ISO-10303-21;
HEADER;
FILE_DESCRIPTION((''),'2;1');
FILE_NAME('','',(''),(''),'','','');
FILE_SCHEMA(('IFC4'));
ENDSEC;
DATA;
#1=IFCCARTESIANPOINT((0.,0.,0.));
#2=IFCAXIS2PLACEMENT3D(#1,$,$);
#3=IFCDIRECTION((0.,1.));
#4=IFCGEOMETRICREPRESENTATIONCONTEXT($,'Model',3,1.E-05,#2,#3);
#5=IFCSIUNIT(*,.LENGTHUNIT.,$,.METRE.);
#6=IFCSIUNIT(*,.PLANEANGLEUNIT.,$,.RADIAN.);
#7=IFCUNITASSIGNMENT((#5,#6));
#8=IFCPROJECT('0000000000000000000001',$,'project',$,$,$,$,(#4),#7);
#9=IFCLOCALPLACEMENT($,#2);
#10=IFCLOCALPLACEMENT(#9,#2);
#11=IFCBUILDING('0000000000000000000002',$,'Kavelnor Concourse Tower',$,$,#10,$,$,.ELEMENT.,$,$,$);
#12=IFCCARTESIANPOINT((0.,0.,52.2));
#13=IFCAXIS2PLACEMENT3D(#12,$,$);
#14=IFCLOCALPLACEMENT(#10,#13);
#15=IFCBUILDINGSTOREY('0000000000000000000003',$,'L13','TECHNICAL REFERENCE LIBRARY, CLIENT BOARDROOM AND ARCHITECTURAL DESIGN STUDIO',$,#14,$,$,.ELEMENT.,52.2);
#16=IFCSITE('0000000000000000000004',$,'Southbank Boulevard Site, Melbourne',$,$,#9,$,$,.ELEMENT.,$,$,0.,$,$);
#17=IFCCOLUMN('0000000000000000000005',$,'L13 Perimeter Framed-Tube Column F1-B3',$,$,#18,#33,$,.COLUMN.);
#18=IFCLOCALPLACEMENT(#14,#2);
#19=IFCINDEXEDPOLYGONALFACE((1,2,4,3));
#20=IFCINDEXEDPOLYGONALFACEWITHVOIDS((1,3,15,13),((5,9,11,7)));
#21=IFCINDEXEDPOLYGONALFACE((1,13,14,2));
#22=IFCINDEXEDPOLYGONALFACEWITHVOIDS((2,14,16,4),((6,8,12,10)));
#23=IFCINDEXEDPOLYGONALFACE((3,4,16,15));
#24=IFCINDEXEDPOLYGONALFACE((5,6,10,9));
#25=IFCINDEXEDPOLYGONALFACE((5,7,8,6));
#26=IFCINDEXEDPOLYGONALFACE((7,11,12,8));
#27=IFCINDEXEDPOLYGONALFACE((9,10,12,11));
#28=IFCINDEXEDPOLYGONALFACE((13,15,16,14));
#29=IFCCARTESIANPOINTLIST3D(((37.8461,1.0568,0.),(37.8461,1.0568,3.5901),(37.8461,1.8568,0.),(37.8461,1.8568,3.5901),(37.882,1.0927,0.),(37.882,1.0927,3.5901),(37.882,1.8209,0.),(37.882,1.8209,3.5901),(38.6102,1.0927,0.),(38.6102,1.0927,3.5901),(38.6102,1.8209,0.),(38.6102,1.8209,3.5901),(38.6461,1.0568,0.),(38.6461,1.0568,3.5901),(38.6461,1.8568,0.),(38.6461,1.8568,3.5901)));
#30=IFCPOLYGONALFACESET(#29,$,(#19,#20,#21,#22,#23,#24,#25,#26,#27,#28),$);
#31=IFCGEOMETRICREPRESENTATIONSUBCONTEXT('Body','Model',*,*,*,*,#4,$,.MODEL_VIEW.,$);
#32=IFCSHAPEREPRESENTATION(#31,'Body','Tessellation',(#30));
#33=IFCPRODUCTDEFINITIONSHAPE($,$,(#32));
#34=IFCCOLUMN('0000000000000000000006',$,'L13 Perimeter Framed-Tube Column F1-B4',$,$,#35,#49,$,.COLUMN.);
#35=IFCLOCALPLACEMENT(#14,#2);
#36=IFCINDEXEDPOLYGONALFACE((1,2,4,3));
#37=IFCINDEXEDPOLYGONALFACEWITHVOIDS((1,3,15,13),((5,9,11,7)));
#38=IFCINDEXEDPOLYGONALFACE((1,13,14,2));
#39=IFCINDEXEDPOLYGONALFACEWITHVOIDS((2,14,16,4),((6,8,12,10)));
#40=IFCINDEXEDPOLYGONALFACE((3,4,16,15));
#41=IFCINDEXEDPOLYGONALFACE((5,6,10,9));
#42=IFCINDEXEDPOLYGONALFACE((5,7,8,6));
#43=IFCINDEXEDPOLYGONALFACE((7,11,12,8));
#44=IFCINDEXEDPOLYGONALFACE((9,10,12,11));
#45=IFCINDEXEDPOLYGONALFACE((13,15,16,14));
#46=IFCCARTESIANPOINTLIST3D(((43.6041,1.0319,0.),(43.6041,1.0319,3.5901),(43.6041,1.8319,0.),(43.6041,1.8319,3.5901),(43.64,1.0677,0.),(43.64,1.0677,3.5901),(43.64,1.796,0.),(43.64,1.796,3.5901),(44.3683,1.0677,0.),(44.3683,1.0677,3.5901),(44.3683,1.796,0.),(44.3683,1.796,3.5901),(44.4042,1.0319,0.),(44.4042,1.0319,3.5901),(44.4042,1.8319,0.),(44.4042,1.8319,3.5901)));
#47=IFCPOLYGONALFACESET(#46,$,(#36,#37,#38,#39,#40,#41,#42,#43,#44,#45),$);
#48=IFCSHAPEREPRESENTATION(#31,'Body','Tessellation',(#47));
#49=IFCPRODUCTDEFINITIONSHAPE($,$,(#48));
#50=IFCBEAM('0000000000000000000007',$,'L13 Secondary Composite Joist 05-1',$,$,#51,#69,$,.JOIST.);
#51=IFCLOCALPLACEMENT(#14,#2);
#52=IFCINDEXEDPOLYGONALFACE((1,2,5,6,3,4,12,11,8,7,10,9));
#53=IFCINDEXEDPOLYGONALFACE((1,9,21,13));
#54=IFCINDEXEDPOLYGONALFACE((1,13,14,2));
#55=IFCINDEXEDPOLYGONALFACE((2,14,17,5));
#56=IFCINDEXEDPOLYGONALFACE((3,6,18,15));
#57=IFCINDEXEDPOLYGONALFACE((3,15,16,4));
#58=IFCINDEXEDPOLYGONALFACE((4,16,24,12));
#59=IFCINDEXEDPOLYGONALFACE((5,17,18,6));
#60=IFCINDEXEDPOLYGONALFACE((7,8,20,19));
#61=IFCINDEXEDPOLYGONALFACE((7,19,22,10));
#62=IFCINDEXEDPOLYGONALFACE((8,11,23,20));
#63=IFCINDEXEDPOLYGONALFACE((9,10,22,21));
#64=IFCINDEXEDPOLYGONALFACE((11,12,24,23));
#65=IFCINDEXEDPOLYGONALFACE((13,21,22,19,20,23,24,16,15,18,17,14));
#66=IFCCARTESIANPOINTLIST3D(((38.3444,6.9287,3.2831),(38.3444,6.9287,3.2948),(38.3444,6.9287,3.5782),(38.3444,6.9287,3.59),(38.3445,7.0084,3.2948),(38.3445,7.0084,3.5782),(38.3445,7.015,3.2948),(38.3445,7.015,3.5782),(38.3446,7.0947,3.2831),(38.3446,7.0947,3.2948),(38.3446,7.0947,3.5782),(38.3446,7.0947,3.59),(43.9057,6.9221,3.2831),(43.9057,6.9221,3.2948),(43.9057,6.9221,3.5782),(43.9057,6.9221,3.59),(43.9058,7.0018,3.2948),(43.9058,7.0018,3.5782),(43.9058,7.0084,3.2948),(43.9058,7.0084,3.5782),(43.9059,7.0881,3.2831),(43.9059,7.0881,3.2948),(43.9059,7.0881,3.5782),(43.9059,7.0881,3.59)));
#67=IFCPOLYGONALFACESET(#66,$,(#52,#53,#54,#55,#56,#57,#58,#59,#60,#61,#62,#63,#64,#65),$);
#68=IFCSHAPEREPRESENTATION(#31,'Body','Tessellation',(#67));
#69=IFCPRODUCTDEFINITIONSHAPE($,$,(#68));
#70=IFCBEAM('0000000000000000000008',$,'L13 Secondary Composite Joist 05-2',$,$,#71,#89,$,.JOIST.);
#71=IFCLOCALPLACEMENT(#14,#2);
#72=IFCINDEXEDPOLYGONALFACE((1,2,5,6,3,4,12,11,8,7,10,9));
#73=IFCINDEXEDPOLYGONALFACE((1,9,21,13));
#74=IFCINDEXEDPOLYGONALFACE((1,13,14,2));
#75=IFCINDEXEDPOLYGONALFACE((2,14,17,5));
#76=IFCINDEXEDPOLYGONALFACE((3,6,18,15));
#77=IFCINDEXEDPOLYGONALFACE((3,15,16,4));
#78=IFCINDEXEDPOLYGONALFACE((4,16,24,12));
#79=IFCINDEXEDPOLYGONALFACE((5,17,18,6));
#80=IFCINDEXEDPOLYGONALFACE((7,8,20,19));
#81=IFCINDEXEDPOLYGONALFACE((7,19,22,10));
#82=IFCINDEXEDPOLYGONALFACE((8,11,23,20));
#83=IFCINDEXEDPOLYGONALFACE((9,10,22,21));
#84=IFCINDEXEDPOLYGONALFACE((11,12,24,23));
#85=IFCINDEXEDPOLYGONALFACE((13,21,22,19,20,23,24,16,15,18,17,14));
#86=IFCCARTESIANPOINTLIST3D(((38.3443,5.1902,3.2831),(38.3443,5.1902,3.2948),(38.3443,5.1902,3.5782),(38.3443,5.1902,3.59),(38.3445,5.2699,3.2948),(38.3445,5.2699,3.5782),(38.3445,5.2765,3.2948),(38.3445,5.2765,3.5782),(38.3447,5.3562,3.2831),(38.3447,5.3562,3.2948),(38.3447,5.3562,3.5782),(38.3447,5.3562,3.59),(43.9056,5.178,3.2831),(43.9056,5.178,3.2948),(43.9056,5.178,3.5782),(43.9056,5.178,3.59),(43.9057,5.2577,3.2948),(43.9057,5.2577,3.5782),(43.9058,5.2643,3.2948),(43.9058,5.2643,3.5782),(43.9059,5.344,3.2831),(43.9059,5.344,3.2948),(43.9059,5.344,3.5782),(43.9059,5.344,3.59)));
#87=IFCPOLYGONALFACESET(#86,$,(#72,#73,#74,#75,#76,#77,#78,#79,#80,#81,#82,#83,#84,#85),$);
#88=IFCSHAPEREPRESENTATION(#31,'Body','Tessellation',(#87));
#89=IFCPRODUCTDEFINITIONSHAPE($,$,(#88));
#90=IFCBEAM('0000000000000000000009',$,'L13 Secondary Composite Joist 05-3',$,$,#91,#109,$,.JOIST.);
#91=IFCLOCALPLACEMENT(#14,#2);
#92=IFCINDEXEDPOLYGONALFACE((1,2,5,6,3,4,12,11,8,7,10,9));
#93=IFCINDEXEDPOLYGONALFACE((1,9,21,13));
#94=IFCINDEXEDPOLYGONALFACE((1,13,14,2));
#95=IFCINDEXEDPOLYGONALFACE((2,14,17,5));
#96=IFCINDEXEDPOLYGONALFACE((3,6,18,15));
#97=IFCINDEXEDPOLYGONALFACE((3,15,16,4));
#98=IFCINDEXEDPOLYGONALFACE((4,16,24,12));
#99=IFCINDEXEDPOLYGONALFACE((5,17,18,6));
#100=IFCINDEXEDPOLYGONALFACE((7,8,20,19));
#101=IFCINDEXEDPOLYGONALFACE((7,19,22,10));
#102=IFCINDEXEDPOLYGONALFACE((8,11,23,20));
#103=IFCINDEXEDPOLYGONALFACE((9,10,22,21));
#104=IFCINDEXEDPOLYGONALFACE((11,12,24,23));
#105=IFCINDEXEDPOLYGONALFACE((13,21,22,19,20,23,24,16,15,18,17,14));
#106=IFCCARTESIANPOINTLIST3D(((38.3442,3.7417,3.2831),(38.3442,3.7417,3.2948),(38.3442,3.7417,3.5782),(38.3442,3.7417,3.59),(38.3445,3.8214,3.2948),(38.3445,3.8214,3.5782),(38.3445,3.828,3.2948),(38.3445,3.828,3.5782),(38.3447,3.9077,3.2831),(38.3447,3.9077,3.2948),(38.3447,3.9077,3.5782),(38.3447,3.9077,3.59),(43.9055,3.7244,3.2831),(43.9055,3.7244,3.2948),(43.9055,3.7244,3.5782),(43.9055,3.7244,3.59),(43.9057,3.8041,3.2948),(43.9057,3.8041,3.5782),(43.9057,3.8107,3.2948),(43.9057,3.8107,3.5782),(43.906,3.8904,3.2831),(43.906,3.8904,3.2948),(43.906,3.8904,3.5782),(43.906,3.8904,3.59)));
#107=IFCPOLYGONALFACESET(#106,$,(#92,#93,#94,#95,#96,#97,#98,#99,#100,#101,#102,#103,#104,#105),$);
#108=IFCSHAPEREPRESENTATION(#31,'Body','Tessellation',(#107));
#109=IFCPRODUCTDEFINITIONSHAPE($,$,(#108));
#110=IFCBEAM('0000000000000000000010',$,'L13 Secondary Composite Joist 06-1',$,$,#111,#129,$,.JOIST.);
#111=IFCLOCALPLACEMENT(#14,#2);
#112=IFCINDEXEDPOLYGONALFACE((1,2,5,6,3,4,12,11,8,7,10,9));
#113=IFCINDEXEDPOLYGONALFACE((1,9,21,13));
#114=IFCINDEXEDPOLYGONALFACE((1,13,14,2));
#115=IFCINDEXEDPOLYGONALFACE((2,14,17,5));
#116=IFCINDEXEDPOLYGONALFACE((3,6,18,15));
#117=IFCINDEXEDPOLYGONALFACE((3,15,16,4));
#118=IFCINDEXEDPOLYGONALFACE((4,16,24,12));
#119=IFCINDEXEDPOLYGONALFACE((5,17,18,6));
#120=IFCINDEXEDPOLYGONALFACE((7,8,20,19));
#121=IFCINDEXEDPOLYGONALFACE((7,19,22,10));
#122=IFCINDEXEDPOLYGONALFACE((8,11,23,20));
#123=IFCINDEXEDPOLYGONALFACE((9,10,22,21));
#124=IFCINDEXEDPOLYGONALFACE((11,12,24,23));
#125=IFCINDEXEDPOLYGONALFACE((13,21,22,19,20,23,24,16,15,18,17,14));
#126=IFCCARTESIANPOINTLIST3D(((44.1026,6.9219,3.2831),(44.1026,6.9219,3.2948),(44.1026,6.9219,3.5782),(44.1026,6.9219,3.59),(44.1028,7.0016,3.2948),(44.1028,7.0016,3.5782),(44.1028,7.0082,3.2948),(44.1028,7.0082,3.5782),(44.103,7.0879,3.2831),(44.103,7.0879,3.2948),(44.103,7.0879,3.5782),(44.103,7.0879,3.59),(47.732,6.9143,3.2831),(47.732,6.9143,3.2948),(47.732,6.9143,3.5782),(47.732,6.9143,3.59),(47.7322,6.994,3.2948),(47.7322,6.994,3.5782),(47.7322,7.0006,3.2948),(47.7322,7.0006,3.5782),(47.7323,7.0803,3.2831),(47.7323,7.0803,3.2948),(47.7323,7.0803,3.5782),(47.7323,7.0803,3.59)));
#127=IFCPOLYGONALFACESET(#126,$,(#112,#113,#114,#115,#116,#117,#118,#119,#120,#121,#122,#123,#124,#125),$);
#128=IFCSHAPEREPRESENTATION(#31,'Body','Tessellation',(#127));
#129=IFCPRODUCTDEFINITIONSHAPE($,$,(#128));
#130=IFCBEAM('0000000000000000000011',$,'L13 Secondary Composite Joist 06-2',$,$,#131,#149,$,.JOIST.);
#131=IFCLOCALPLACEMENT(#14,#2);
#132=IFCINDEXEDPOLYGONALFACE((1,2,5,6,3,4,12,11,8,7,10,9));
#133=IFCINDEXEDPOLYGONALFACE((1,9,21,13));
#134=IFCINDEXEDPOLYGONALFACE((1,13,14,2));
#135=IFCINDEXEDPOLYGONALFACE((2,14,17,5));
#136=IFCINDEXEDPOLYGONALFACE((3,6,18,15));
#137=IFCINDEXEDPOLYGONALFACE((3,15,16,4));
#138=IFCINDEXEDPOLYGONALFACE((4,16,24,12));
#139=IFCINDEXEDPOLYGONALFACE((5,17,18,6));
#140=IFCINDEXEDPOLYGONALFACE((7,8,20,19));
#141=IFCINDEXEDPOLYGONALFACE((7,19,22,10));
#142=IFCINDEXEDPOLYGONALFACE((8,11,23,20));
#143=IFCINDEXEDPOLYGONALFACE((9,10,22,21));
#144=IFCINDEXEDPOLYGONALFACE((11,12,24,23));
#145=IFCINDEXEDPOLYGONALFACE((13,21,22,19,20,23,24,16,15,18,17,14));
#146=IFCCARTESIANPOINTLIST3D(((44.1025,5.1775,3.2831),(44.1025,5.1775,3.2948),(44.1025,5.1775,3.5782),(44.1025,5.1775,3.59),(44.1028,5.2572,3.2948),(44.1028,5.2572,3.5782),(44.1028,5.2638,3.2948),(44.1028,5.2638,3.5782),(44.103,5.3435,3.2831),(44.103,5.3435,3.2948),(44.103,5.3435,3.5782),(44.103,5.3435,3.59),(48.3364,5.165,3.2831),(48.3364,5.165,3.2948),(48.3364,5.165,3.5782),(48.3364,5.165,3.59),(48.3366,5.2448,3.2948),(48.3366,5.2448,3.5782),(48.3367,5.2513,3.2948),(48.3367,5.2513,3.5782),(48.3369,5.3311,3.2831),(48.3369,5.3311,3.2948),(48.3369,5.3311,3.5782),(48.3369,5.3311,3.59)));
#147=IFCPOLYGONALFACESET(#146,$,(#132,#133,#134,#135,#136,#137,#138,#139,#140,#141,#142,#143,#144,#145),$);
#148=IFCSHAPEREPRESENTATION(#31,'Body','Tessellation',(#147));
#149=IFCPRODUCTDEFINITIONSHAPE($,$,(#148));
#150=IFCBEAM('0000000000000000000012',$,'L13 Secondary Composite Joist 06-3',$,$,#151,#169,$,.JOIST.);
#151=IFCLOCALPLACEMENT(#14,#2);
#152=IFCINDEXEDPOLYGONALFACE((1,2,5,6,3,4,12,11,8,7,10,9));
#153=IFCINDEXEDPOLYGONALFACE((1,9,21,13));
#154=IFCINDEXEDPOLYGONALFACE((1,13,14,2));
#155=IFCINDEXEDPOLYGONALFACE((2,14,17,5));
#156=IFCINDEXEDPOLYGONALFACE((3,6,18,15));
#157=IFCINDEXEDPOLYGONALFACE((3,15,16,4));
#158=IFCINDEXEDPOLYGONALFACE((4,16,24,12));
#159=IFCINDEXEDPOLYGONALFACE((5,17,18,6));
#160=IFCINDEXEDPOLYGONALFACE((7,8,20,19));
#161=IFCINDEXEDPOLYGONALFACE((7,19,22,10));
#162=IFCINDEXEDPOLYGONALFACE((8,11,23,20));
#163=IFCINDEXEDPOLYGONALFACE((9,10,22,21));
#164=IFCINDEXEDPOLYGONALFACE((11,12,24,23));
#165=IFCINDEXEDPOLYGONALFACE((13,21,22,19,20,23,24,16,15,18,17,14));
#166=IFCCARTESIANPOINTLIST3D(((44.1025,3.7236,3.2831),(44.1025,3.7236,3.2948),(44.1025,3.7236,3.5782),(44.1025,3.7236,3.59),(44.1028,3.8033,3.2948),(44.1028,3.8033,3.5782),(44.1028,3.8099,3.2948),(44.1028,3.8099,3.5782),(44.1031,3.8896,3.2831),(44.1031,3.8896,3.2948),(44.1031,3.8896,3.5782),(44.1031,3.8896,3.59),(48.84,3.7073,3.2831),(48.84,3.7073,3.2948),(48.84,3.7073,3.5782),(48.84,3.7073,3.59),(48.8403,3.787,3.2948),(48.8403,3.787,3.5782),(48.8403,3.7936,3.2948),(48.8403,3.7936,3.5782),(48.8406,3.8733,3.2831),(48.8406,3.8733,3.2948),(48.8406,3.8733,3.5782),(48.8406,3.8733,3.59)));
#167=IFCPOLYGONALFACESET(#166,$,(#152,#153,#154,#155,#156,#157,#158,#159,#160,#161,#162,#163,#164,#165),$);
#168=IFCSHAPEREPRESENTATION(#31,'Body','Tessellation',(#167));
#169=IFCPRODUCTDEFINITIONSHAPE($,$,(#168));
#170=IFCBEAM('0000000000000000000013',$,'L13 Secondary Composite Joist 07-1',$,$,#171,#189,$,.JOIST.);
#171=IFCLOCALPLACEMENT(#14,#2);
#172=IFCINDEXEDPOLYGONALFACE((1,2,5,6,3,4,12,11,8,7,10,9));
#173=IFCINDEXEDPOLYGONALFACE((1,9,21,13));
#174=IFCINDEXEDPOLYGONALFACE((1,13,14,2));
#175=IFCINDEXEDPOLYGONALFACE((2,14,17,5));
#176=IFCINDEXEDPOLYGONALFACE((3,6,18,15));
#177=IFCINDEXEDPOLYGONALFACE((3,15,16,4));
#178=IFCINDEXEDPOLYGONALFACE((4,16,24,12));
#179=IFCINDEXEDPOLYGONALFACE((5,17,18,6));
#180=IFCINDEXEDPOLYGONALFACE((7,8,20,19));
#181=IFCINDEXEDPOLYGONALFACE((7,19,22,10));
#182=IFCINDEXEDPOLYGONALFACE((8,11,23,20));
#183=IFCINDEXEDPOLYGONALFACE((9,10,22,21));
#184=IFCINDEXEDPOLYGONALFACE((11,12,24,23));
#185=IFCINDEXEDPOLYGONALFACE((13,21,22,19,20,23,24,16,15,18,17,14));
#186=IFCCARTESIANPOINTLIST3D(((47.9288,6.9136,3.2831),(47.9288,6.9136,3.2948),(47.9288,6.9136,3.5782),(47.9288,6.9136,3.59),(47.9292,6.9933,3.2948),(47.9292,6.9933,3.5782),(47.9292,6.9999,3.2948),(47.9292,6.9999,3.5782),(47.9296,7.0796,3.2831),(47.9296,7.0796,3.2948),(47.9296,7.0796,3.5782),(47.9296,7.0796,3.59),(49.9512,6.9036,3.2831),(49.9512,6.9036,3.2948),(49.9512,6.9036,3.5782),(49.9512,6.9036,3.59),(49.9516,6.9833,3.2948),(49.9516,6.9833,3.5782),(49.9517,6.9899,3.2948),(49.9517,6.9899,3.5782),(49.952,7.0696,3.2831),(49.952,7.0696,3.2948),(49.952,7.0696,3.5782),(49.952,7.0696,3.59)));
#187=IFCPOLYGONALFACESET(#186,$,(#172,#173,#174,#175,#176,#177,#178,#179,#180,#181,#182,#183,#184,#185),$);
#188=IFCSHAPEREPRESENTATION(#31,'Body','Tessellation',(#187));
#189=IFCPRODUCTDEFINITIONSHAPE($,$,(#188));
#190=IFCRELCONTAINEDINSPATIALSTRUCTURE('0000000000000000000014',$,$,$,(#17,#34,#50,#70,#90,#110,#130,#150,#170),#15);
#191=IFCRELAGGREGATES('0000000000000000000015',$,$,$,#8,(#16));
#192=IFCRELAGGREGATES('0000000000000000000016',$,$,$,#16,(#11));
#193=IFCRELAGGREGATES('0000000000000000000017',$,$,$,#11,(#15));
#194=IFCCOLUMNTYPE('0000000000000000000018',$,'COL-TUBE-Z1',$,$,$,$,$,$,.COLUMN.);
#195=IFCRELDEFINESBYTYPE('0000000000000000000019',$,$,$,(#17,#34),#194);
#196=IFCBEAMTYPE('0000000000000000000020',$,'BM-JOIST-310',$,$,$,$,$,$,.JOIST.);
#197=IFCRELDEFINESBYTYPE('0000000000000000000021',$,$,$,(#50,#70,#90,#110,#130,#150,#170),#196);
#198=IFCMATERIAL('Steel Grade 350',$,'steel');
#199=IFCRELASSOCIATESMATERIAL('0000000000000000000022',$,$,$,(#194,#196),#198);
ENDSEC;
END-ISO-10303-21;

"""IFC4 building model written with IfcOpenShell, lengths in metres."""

from ifc_helpers import new_model, si_unit, direction, frame, origin, origin_2d, place, context, subcontext, project, spatial, hollow_rectangle, i_section, extrude, material, material_profile, profile_set, type_object, element, save


model = new_model("IFC4")

# Units and contexts
model_context = context("Model", 3, precision=1e-05, world=origin(), true_north=direction((0.0, 1.0)))
body_context = subcontext(model_context, "Body", "Model", "MODEL_VIEW")
ifc_project = project(units=[si_unit("LENGTHUNIT", "METRE"), si_unit("PLANEANGLEUNIT", "RADIAN")], contexts=[model_context])

# Site, building, storey
site_placement = place(None, origin())
site = spatial("IfcSite", under=ifc_project, at=site_placement, Name="Southbank Boulevard Site, Melbourne", CompositionType="ELEMENT", RefElevation=0.0)
building_placement = place(site_placement, origin())
building = spatial("IfcBuilding", under=site, at=building_placement, Name="Kavelnor Concourse Tower", CompositionType="ELEMENT")
storey_placement = place(building_placement, frame((0.0, 0.0, 52.2)))
storey = spatial("IfcBuildingStorey", under=building, at=storey_placement, Name="L13", Description="TECHNICAL REFERENCE LIBRARY, CLIENT BOARDROOM AND ARCHITECTURAL DESIGN STUDIO", CompositionType="ELEMENT", Elevation=52.2)

# Columns
ifc_material_1 = material(Name="Steel Grade 350", Category="steel")
ifc_material_profile_1 = material_profile(ifc_material_1, hollow_rectangle(XDim=0.8, YDim=0.8, WallThickness=0.0359, at=origin_2d()), Name="SHS 800x800x36")
ifc_profile_set_1 = profile_set([ifc_material_profile_1], Name="Steel Grade 350")
column_type = type_object("IfcColumnType", Name="COL-TUBE-Z1", PredefinedType="COLUMN", material=ifc_profile_set_1)
for number, where, z_axis, x_axis, name in (
    (1, (38.2461, 1.4568, 0.0), (0.0, 0.0, 1.0), (1.0, 0.0, 0.0), "L13 Perimeter Framed-Tube Column F1-B3"),
    (2, (44.0042, 1.4319, 0.0), (0.0, 0.0, 1.0), (1.0, 0.0, 0.0), "L13 Perimeter Framed-Tube Column F1-B4"),
):
    element("IfcColumn", number, at=place(storey_placement, frame(where, z_axis=z_axis, x_axis=x_axis)), inside=storey, type_object=column_type, Name=name, PredefinedType="COLUMN", context=body_context, shape_type="SweptSolid", body=[
        extrude(hollow_rectangle(XDim=0.8, YDim=0.8, WallThickness=0.0359, at=origin_2d()), origin(), (0.0, 0.0, 1.0), 3.5901),
    ])

# Beams
ifc_material_profile_2 = material_profile(ifc_material_1, i_section(OverallWidth=0.166, OverallDepth=0.3069, WebThickness=0.0066, FlangeThickness=0.0117, at=origin_2d()), Name="310UB46")
ifc_profile_set_2 = profile_set([ifc_material_profile_2], Name="Steel Grade 350")
beam_type_1 = type_object("IfcBeamType", Name="BM-JOIST-310", PredefinedType="JOIST", material=ifc_profile_set_2)
for number, where, z_axis, x_axis, name in (
    (3, (38.3445, 7.0117, 3.4365), (0.999999, -0.001185, 0.0), (0.001185, 0.999999, 0.0), "L13 Secondary Composite Joist 05-1"),
    (4, (38.3445, 5.2732, 3.4365), (0.999998, -0.002195, 0.0), (0.002195, 0.999998, 0.0), "L13 Secondary Composite Joist 05-2"),
    (5, (38.3445, 3.8247, 3.4365), (0.999995, -0.003117, 0.0), (0.003117, 0.999995, 0.0), "L13 Secondary Composite Joist 05-3"),
):
    element("IfcBeam", number, at=place(storey_placement, frame(where, z_axis=z_axis, x_axis=x_axis)), inside=storey, type_object=beam_type_1, Name=name, PredefinedType="JOIST", context=body_context, shape_type="SweptSolid", body=[
        extrude(i_section(OverallWidth=0.166, OverallDepth=0.3069, WebThickness=0.0066, FlangeThickness=0.0117, at=origin_2d()), origin(), (0.0, 0.0, 1.0), 5.5613),
    ])
beam_1_placement = place(storey_placement, frame((44.1028, 7.0049, 3.4365), z_axis=(0.999998, -0.002085, 0.0), x_axis=(0.002085, 0.999998, 0.0)))
element("IfcBeam", 6, at=beam_1_placement, inside=storey, type_object=beam_type_1, Name="L13 Secondary Composite Joist 06-1", PredefinedType="JOIST", context=body_context, shape_type="SweptSolid", body=[
    extrude(i_section(OverallWidth=0.166, OverallDepth=0.3069, WebThickness=0.0066, FlangeThickness=0.0117, at=origin_2d()), origin(), (0.0, 0.0, 1.0), 3.6294),
])
beam_2_placement = place(storey_placement, frame((44.1028, 5.2605, 3.4365), z_axis=(0.999996, -0.002941, 0.0), x_axis=(0.002941, 0.999996, 0.0)))
element("IfcBeam", 7, at=beam_2_placement, inside=storey, type_object=beam_type_1, Name="L13 Secondary Composite Joist 06-2", PredefinedType="JOIST", context=body_context, shape_type="SweptSolid", body=[
    extrude(i_section(OverallWidth=0.166, OverallDepth=0.3069, WebThickness=0.0066, FlangeThickness=0.0117, at=origin_2d()), origin(), (0.0, 0.0, 1.0), 4.2339),
])
beam_3_placement = place(storey_placement, frame((44.1028, 3.8066, 3.4365), z_axis=(0.999994, -0.003453, 0.0), x_axis=(0.003453, 0.999994, 0.0)))
element("IfcBeam", 8, at=beam_3_placement, inside=storey, type_object=beam_type_1, Name="L13 Secondary Composite Joist 06-3", PredefinedType="JOIST", context=body_context, shape_type="SweptSolid", body=[
    extrude(i_section(OverallWidth=0.166, OverallDepth=0.3069, WebThickness=0.0066, FlangeThickness=0.0117, at=origin_2d()), origin(), (0.0, 0.0, 1.0), 4.7375),
])
beam_4_placement = place(storey_placement, frame((47.9292, 6.9966, 3.4365), z_axis=(0.999988, -0.004949, 0.0), x_axis=(0.004949, 0.999988, 0.0)))
element("IfcBeam", 9, at=beam_4_placement, inside=storey, type_object=beam_type_1, Name="L13 Secondary Composite Joist 07-1", PredefinedType="JOIST", context=body_context, shape_type="SweptSolid", body=[
    extrude(i_section(OverallWidth=0.166, OverallDepth=0.3069, WebThickness=0.0066, FlangeThickness=0.0117, at=origin_2d()), origin(), (0.0, 0.0, 1.0), 2.0225),
])

save(model, "model.ifc")
